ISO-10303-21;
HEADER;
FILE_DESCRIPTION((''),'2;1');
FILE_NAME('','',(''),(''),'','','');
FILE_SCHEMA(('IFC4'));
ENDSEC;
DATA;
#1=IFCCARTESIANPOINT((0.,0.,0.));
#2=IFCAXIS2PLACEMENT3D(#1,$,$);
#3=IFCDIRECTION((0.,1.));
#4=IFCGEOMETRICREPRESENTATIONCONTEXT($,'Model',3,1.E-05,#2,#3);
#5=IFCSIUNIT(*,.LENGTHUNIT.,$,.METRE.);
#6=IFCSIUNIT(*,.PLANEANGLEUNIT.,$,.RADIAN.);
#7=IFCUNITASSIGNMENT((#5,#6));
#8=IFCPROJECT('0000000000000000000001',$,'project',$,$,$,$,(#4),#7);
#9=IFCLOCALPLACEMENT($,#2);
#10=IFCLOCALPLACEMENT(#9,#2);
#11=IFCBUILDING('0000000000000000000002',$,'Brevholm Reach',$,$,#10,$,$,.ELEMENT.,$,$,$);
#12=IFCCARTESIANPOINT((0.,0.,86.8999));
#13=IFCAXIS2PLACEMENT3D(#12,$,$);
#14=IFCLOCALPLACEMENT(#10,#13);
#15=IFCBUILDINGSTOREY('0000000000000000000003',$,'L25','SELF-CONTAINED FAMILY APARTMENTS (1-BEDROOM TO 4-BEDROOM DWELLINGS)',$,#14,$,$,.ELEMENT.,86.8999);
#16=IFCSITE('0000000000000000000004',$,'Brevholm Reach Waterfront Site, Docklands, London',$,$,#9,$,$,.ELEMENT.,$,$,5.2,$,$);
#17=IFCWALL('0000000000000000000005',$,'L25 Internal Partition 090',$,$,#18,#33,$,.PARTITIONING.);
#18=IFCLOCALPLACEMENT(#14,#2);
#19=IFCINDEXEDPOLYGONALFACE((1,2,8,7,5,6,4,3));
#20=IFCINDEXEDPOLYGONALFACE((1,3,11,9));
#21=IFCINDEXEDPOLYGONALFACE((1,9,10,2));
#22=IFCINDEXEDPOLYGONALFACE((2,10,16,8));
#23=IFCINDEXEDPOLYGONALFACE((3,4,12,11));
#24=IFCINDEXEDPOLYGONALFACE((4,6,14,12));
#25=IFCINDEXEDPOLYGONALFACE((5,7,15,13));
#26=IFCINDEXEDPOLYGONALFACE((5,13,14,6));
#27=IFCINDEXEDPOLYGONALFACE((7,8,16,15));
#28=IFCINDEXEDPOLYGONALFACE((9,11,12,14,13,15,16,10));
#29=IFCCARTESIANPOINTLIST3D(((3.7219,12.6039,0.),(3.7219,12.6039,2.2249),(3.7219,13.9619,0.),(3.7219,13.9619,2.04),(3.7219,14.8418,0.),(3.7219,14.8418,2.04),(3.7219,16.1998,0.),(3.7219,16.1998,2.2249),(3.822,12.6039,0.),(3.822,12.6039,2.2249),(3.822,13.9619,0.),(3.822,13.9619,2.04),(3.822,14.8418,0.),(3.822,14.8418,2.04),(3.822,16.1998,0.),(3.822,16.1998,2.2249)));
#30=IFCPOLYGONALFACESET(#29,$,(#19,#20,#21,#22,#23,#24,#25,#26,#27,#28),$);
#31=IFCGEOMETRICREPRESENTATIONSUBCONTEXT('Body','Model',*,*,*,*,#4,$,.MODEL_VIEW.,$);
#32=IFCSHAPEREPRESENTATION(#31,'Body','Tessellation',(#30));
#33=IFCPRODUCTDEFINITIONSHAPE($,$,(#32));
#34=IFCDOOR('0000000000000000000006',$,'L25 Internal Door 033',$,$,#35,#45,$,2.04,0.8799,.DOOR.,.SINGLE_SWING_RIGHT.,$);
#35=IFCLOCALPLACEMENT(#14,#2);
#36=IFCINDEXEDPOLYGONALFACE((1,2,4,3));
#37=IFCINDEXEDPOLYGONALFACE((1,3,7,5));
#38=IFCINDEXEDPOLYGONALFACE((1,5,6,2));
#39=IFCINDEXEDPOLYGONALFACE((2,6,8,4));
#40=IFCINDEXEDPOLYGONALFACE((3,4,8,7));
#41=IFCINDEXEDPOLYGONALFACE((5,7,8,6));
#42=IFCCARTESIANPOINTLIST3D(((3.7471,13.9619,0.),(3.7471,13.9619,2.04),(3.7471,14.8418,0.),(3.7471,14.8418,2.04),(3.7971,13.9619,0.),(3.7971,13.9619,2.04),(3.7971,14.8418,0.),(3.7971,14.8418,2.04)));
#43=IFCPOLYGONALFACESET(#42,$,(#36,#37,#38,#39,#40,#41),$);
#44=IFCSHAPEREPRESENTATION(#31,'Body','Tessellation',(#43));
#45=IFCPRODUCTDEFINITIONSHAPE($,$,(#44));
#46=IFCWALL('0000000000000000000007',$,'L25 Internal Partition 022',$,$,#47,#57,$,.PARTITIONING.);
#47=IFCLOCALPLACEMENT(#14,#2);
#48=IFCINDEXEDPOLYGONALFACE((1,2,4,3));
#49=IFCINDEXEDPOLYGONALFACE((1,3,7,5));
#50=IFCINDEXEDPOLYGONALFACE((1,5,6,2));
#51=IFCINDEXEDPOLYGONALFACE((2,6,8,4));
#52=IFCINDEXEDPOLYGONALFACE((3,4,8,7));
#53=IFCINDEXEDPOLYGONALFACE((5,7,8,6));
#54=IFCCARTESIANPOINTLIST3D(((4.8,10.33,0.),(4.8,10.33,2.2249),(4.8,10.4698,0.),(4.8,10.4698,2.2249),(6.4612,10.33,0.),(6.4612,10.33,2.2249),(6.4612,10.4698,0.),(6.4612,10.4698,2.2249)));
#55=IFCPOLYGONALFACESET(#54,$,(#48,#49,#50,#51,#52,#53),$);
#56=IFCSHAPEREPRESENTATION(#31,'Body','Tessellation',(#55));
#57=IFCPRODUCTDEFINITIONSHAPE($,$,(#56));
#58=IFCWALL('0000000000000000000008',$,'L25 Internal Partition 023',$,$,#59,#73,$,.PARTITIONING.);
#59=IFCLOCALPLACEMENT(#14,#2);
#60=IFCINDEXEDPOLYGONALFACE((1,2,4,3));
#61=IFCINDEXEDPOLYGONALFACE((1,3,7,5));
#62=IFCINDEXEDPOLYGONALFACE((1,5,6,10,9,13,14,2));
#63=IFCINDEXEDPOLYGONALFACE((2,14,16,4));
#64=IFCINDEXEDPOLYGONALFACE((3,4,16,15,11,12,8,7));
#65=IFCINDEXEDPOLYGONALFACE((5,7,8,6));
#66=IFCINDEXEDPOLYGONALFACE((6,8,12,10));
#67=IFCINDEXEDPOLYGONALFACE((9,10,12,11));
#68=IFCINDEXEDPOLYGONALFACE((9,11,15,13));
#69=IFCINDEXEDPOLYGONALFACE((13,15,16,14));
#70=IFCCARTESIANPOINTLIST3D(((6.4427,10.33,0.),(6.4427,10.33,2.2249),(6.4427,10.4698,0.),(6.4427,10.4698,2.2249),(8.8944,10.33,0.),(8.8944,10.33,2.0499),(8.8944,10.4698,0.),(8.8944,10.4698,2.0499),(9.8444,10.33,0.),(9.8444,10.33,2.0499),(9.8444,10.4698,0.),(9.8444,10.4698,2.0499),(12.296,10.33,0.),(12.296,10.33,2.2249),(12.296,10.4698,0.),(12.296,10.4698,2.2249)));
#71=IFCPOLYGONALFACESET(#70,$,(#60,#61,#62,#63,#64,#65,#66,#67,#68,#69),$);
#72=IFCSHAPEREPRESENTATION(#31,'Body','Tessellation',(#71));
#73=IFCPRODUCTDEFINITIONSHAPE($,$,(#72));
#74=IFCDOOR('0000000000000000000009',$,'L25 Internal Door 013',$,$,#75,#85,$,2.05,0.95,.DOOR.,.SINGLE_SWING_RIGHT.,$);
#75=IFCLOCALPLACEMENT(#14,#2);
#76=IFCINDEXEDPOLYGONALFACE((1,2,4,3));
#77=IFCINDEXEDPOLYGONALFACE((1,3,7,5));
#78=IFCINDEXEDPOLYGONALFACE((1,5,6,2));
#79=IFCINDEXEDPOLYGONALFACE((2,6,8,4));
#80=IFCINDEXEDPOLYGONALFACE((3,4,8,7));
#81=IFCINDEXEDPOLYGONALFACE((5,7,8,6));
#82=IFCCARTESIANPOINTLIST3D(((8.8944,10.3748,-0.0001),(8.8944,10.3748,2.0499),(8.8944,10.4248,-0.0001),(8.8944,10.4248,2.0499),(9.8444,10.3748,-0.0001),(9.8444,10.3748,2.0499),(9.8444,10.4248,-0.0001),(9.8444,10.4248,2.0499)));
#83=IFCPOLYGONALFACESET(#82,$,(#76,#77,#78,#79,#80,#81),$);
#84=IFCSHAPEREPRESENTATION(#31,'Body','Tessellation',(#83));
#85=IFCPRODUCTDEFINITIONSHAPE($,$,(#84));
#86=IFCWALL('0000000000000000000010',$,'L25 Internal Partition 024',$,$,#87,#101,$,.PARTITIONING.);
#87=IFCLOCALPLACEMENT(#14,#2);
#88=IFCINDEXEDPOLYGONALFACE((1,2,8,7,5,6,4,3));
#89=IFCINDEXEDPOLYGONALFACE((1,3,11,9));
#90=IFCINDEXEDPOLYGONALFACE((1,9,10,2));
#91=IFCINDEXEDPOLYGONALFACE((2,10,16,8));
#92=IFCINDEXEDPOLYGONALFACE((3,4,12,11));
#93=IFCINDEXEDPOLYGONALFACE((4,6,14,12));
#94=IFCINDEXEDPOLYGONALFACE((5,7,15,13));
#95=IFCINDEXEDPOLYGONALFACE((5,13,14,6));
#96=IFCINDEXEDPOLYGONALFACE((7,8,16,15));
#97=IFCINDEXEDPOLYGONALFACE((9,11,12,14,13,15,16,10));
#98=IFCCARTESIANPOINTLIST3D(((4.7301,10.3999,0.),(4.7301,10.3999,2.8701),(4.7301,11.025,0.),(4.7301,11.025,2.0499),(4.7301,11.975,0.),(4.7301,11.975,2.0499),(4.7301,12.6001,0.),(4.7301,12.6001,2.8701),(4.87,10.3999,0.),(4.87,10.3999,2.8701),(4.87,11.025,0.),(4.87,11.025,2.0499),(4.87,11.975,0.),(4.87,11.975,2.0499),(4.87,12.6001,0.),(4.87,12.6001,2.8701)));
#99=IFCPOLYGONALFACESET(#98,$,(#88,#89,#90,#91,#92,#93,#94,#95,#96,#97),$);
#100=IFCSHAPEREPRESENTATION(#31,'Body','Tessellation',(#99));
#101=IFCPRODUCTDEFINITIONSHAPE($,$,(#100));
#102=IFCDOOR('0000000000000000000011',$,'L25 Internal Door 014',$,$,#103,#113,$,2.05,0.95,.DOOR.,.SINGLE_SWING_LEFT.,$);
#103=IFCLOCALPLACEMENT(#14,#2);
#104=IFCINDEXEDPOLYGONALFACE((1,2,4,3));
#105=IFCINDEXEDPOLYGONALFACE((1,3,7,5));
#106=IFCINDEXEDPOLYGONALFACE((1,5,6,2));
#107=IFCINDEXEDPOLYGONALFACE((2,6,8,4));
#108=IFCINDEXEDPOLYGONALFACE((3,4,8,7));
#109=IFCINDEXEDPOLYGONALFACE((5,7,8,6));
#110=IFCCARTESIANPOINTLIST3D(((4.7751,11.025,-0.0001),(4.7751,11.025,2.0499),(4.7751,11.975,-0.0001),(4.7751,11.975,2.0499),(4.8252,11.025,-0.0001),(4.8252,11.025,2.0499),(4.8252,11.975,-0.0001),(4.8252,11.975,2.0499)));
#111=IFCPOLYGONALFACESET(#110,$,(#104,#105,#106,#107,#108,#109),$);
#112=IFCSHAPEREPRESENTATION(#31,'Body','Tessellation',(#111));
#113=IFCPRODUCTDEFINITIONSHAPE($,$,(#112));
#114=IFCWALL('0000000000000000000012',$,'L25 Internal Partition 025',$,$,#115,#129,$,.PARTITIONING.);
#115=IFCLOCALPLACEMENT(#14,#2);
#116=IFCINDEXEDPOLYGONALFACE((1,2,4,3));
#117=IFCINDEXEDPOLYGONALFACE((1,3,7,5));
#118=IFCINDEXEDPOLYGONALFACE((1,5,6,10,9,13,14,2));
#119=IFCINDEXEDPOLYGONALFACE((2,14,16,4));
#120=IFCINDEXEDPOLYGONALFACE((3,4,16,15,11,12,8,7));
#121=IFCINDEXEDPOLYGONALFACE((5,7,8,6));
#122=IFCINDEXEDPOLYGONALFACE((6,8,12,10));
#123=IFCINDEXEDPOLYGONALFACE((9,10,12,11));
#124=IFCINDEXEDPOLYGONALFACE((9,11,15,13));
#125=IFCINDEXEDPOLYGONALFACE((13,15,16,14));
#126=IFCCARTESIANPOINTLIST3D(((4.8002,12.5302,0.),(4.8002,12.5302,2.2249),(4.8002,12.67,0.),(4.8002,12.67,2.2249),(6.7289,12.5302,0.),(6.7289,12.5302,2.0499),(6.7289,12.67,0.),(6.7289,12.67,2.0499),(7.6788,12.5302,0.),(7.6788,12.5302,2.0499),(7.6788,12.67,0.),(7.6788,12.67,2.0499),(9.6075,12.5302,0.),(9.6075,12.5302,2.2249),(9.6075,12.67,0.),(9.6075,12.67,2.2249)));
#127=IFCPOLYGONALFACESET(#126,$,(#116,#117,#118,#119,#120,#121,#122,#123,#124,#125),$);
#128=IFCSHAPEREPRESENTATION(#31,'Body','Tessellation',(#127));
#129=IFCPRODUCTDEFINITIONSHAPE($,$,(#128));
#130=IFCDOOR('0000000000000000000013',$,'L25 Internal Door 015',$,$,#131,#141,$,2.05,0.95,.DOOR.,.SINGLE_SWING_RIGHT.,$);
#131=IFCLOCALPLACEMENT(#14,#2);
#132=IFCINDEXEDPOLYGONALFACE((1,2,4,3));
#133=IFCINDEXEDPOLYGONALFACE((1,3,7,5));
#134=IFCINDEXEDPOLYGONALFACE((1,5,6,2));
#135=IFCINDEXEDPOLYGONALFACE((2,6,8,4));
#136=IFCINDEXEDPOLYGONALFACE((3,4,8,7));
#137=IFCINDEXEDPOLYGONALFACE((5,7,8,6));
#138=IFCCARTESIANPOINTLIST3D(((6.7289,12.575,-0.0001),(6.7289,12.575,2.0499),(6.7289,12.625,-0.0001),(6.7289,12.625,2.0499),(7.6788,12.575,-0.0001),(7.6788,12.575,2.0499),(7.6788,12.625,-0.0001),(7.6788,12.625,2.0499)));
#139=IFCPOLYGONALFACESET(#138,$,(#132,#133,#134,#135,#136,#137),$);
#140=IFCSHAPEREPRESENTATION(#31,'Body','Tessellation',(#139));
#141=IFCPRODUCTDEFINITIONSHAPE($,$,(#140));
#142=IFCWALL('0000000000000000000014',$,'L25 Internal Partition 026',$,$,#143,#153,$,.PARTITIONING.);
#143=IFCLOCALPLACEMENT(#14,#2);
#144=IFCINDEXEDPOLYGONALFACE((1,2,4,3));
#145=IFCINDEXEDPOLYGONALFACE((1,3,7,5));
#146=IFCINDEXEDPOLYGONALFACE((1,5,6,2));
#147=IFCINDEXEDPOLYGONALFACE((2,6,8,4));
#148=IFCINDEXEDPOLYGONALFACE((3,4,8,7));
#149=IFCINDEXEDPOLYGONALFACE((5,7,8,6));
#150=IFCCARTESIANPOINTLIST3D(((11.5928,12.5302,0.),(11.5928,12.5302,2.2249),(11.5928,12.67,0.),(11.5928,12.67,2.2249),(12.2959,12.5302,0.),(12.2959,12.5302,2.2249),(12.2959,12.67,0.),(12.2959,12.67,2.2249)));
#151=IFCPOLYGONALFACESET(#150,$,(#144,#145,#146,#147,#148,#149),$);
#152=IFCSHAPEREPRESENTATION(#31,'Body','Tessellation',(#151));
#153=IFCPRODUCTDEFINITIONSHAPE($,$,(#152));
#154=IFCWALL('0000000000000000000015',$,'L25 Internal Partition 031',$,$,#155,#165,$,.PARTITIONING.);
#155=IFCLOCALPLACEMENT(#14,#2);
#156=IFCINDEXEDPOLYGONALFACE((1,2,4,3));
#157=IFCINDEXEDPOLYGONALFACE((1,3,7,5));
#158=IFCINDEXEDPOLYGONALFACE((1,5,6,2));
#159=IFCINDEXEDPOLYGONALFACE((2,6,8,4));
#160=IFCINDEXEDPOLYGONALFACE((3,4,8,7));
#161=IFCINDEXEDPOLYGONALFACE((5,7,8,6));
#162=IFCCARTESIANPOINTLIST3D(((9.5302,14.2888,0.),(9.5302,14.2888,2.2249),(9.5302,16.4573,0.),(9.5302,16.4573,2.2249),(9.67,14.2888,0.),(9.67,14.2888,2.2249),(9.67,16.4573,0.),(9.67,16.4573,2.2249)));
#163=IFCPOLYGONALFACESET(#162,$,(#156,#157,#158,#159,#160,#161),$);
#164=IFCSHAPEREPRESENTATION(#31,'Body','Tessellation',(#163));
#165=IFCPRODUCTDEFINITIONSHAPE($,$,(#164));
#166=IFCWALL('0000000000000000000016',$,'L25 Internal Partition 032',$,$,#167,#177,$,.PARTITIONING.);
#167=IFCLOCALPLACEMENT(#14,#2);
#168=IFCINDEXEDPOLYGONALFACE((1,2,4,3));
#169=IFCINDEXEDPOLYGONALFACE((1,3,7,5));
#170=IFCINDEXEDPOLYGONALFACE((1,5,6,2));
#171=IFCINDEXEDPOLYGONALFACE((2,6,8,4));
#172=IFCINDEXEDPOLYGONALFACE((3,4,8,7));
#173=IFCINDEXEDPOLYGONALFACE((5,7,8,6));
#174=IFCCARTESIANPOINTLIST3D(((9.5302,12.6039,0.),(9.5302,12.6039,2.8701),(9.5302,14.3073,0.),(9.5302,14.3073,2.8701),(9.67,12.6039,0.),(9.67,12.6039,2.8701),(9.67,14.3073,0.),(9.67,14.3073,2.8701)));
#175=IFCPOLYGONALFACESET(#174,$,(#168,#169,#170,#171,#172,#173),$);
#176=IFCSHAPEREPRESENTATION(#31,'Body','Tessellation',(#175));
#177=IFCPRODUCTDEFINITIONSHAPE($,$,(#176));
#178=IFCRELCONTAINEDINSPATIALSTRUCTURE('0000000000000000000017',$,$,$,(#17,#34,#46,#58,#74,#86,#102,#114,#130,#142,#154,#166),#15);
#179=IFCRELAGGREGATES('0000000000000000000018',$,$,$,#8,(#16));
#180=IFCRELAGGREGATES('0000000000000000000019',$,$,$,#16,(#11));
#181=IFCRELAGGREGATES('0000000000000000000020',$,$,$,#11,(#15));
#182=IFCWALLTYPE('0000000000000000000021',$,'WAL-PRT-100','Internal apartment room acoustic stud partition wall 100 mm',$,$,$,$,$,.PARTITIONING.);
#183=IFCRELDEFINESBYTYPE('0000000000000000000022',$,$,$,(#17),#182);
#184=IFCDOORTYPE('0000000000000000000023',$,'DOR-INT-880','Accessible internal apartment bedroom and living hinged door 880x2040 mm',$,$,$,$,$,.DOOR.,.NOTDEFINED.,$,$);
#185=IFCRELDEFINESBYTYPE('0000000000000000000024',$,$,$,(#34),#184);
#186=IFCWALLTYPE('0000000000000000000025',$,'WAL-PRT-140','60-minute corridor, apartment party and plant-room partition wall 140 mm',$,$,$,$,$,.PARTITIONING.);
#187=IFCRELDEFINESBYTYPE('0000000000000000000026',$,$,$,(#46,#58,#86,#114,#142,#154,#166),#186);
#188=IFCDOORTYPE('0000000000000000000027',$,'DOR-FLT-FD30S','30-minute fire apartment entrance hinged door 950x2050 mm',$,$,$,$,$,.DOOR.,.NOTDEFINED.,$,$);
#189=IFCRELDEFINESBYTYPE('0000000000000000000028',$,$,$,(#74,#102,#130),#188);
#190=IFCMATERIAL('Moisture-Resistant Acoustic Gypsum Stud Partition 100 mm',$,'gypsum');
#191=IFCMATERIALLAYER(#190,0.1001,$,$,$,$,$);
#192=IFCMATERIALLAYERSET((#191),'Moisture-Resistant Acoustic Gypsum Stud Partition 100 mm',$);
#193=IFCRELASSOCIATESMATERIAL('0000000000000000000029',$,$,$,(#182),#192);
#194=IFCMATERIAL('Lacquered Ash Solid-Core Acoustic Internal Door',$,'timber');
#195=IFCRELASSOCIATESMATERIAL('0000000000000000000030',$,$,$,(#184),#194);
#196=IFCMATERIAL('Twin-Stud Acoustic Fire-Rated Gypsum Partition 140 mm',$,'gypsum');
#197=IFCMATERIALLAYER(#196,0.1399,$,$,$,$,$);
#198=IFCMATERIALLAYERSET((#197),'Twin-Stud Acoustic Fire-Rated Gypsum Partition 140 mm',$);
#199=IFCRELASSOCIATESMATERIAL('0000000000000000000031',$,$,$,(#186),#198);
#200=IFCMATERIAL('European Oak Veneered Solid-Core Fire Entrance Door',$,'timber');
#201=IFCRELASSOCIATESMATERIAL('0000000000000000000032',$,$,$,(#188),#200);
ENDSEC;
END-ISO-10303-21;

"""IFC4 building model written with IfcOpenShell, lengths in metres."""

from ifc_helpers import new_model, si_unit, direction, frame, frame_2d, origin, place, context, subcontext, project, spatial, rectangle, extrude, material, layer, layer_set, type_object, element, fill, save


model = new_model("IFC4")

# Units and contexts
model_context = context("Model", 3, precision=1e-05, world=origin(), true_north=direction((0.0, 1.0)))
body_context = subcontext(model_context, "Body", "Model", "MODEL_VIEW")
ifc_project = project(units=[si_unit("LENGTHUNIT", "METRE"), si_unit("PLANEANGLEUNIT", "RADIAN")], contexts=[model_context])

# Site, building, storey
site_placement = place(None, origin())
site = spatial("IfcSite", under=ifc_project, at=site_placement, Name="Brevholm Reach Waterfront Site, Docklands, London", CompositionType="ELEMENT", RefElevation=5.2)
building_placement = place(site_placement, origin())
building = spatial("IfcBuilding", under=site, at=building_placement, Name="Brevholm Reach", CompositionType="ELEMENT")
storey_placement = place(building_placement, frame((0.0, 0.0, 86.8999)))
storey = spatial("IfcBuildingStorey", under=building, at=storey_placement, Name="L25", Description="SELF-CONTAINED FAMILY APARTMENTS (1-BEDROOM TO 4-BEDROOM DWELLINGS)", CompositionType="ELEMENT", Elevation=86.8999)

# Shared definitions
ifc_material_1 = material(Name="Moisture-Resistant Acoustic Gypsum Stud Partition 100 mm", Category="gypsum")
ifc_layer_1 = layer(ifc_material_1, 0.1001)
ifc_layer_set_1 = layer_set([ifc_layer_1], Name="Moisture-Resistant Acoustic Gypsum Stud Partition 100 mm")
wall_type_1 = type_object("IfcWallType", Name="WAL-PRT-100", Description="Internal apartment room acoustic stud partition wall 100 mm", PredefinedType="PARTITIONING", material=ifc_layer_set_1)
ifc_material_2 = material(Name="Lacquered Ash Solid-Core Acoustic Internal Door", Category="timber")
door_type_1 = type_object("IfcDoorType", Name="DOR-INT-880", Description="Accessible internal apartment bedroom and living hinged door 880x2040 mm", OperationType="NOTDEFINED", PredefinedType="DOOR", material=ifc_material_2)

# Wall, opening, door
wall_1_placement = place(storey_placement, frame((3.772, 12.604, 0.0), z_axis=(0.0, 0.0, 1.0), x_axis=(0.0, 1.0, 0.0)))
wall_1 = element("IfcWall", 1, at=wall_1_placement, inside=storey, type_object=wall_type_1, Name="L25 Internal Partition 090", PredefinedType="PARTITIONING", context=body_context, shape_type="SweptSolid", body=[
    extrude(rectangle(XDim=3.5959, YDim=0.1001, at=frame_2d((1.7979, 0.0))), origin(), (0.0, 0.0, 1.0), 2.2249),
])
opening_1_placement = place(wall_1_placement, frame((1.3579, 0.0, 0.0)))
opening_1 = element("IfcOpeningElement", 2, at=opening_1_placement, cuts=wall_1, PredefinedType="OPENING", context=body_context, shape_type="SweptSolid", body=[
    extrude(rectangle(XDim=0.8799, YDim=2.04, at=frame_2d((0.4399, 1.02))), frame((0.0, 0.0601, 0.0), z_axis=(0.0, -1.0, 0.0), x_axis=(1.0, 0.0, 0.0)), (0.0, 0.0, 1.0), 0.1201),
])
door_1_placement = place(opening_1_placement, origin())
door_1 = element("IfcDoor", 3, at=door_1_placement, inside=storey, type_object=door_type_1, Name="L25 Internal Door 033", OperationType="SINGLE_SWING_RIGHT", OverallHeight=2.04, OverallWidth=0.8799, PredefinedType="DOOR", context=body_context, shape_type="SweptSolid", body=[
    extrude(rectangle(XDim=0.8799, YDim=2.04, at=frame_2d((0.4399, 1.02))), frame((0.0, 0.0249, 0.0), z_axis=(0.0, -1.0, 0.0), x_axis=(1.0, 0.0, 0.0)), (0.0, 0.0, 1.0), 0.05),
])
fill(opening_1, door_1)

# Wall
ifc_material_3 = material(Name="Twin-Stud Acoustic Fire-Rated Gypsum Partition 140 mm", Category="gypsum")
ifc_layer_2 = layer(ifc_material_3, 0.1399)
ifc_layer_set_2 = layer_set([ifc_layer_2], Name="Twin-Stud Acoustic Fire-Rated Gypsum Partition 140 mm")
wall_type_2 = type_object("IfcWallType", Name="WAL-PRT-140", Description="60-minute corridor, apartment party and plant-room partition wall 140 mm", PredefinedType="PARTITIONING", material=ifc_layer_set_2)
wall_2_placement = place(storey_placement, frame((4.8, 10.3999, 0.0), z_axis=(0.0, 0.0, 1.0), x_axis=(1.0, 0.0, 0.0)))
element("IfcWall", 4, at=wall_2_placement, inside=storey, type_object=wall_type_2, Name="L25 Internal Partition 022", PredefinedType="PARTITIONING", context=body_context, shape_type="SweptSolid", body=[
    extrude(rectangle(XDim=1.6611, YDim=0.1399, at=frame_2d((0.8306, 0.0))), origin(), (0.0, 0.0, 1.0), 2.2249),
])

# Walls, openings, doors
wall_3_placement = place(storey_placement, frame((6.4426, 10.3999, 0.0), z_axis=(0.0, 0.0, 1.0), x_axis=(1.0, 0.0, 0.0)))
wall_3 = element("IfcWall", 5, at=wall_3_placement, inside=storey, type_object=wall_type_2, Name="L25 Internal Partition 023", PredefinedType="PARTITIONING", context=body_context, shape_type="SweptSolid", body=[
    extrude(rectangle(XDim=5.8533, YDim=0.1399, at=frame_2d((2.9268, 0.0))), origin(), (0.0, 0.0, 1.0), 2.2249),
])
opening_2_placement = place(wall_3_placement, frame((2.4517, 0.0, 0.0)))
opening_2 = element("IfcOpeningElement", 6, at=opening_2_placement, cuts=wall_3, PredefinedType="OPENING", context=body_context, shape_type="SweptSolid", body=[
    extrude(rectangle(XDim=0.95, YDim=2.05, at=frame_2d((0.4751, 1.0249))), frame((0.0, 0.0798, 0.0), z_axis=(0.0, -1.0, 0.0), x_axis=(1.0, 0.0, 0.0)), (0.0, 0.0, 1.0), 0.1599),
])
ifc_material_4 = material(Name="European Oak Veneered Solid-Core Fire Entrance Door", Category="timber")
door_type_2 = type_object("IfcDoorType", Name="DOR-FLT-FD30S", Description="30-minute fire apartment entrance hinged door 950x2050 mm", OperationType="NOTDEFINED", PredefinedType="DOOR", material=ifc_material_4)
door_2_placement = place(opening_2_placement, origin())
door_2 = element("IfcDoor", 7, at=door_2_placement, inside=storey, type_object=door_type_2, Name="L25 Internal Door 013", OperationType="SINGLE_SWING_RIGHT", OverallHeight=2.05, OverallWidth=0.95, PredefinedType="DOOR", context=body_context, shape_type="SweptSolid", body=[
    extrude(rectangle(XDim=0.95, YDim=2.05, at=frame_2d((0.4751, 1.0249))), frame((0.0, 0.0249, 0.0), z_axis=(0.0, -1.0, 0.0), x_axis=(1.0, 0.0, 0.0)), (0.0, 0.0, 1.0), 0.05),
])
fill(opening_2, door_2)
wall_4_placement = place(storey_placement, frame((4.8, 10.3999, 0.0), z_axis=(0.0, 0.0, 1.0), x_axis=(0.0, 1.0, 0.0)))
wall_4 = element("IfcWall", 8, at=wall_4_placement, inside=storey, type_object=wall_type_2, Name="L25 Internal Partition 024", PredefinedType="PARTITIONING", context=body_context, shape_type="SweptSolid", body=[
    extrude(rectangle(XDim=2.2002, YDim=0.1399, at=frame_2d((1.1001, 0.0))), origin(), (0.0, 0.0, 1.0), 2.8701),
])
opening_3_placement = place(wall_4_placement, frame((0.625, 0.0, 0.0)))
opening_3 = element("IfcOpeningElement", 9, at=opening_3_placement, cuts=wall_4, PredefinedType="OPENING", context=body_context, shape_type="SweptSolid", body=[
    extrude(rectangle(XDim=0.95, YDim=2.05, at=frame_2d((0.4751, 1.0249))), frame((0.0, 0.0798, 0.0), z_axis=(0.0, -1.0, 0.0), x_axis=(1.0, 0.0, 0.0)), (0.0, 0.0, 1.0), 0.1599),
])
door_3_placement = place(opening_3_placement, origin())
door_3 = element("IfcDoor", 10, at=door_3_placement, inside=storey, type_object=door_type_2, Name="L25 Internal Door 014", OperationType="SINGLE_SWING_LEFT", OverallHeight=2.05, OverallWidth=0.95, PredefinedType="DOOR", context=body_context, shape_type="SweptSolid", body=[
    extrude(rectangle(XDim=0.95, YDim=2.05, at=frame_2d((0.4751, 1.0249))), frame((0.0, 0.0249, 0.0), z_axis=(0.0, -1.0, 0.0), x_axis=(1.0, 0.0, 0.0)), (0.0, 0.0, 1.0), 0.05),
])
fill(opening_3, door_3)
wall_5_placement = place(storey_placement, frame((4.8, 12.6001, 0.0), z_axis=(0.0, 0.0, 1.0), x_axis=(1.0, 0.0, 0.0)))
wall_5 = element("IfcWall", 11, at=wall_5_placement, inside=storey, type_object=wall_type_2, Name="L25 Internal Partition 025", PredefinedType="PARTITIONING", context=body_context, shape_type="SweptSolid", body=[
    extrude(rectangle(XDim=4.8074, YDim=0.1399, at=frame_2d((2.4038, 0.0))), origin(), (0.0, 0.0, 1.0), 2.2249),
])
opening_4_placement = place(wall_5_placement, frame((1.9287, 0.0, 0.0)))
opening_4 = element("IfcOpeningElement", 12, at=opening_4_placement, cuts=wall_5, PredefinedType="OPENING", context=body_context, shape_type="SweptSolid", body=[
    extrude(rectangle(XDim=0.95, YDim=2.05, at=frame_2d((0.4751, 1.0249))), frame((0.0, 0.0798, 0.0), z_axis=(0.0, -1.0, 0.0), x_axis=(1.0, 0.0, 0.0)), (0.0, 0.0, 1.0), 0.1599),
])
door_4_placement = place(opening_4_placement, origin())
door_4 = element("IfcDoor", 13, at=door_4_placement, inside=storey, type_object=door_type_2, Name="L25 Internal Door 015", OperationType="SINGLE_SWING_RIGHT", OverallHeight=2.05, OverallWidth=0.95, PredefinedType="DOOR", context=body_context, shape_type="SweptSolid", body=[
    extrude(rectangle(XDim=0.95, YDim=2.05, at=frame_2d((0.4751, 1.0249))), frame((0.0, 0.0249, 0.0), z_axis=(0.0, -1.0, 0.0), x_axis=(1.0, 0.0, 0.0)), (0.0, 0.0, 1.0), 0.05),
])
fill(opening_4, door_4)

# Walls
wall_6_placement = place(storey_placement, frame((11.5928, 12.6001, 0.0), z_axis=(0.0, 0.0, 1.0), x_axis=(1.0, 0.0, 0.0)))
element("IfcWall", 14, at=wall_6_placement, inside=storey, type_object=wall_type_2, Name="L25 Internal Partition 026", PredefinedType="PARTITIONING", context=body_context, shape_type="SweptSolid", body=[
    extrude(rectangle(XDim=0.7031, YDim=0.1399, at=frame_2d((0.3516, 0.0))), origin(), (0.0, 0.0, 1.0), 2.2249),
])
wall_7_placement = place(storey_placement, frame((9.6001, 14.2888, 0.0), z_axis=(0.0, 0.0, 1.0), x_axis=(0.0, 1.0, 0.0)))
element("IfcWall", 15, at=wall_7_placement, inside=storey, type_object=wall_type_2, Name="L25 Internal Partition 031", PredefinedType="PARTITIONING", context=body_context, shape_type="SweptSolid", body=[
    extrude(rectangle(XDim=2.1685, YDim=0.1399, at=frame_2d((1.0842, 0.0))), origin(), (0.0, 0.0, 1.0), 2.2249),
])
wall_8_placement = place(storey_placement, frame((9.6001, 12.604, 0.0), z_axis=(0.0, 0.0, 1.0), x_axis=(0.0, 1.0, 0.0)))
element("IfcWall", 16, at=wall_8_placement, inside=storey, type_object=wall_type_2, Name="L25 Internal Partition 032", PredefinedType="PARTITIONING", context=body_context, shape_type="SweptSolid", body=[
    extrude(rectangle(XDim=1.7034, YDim=0.1399, at=frame_2d((0.8516, 0.0))), origin(), (0.0, 0.0, 1.0), 2.8701),
])

save(model, "model.ifc")
